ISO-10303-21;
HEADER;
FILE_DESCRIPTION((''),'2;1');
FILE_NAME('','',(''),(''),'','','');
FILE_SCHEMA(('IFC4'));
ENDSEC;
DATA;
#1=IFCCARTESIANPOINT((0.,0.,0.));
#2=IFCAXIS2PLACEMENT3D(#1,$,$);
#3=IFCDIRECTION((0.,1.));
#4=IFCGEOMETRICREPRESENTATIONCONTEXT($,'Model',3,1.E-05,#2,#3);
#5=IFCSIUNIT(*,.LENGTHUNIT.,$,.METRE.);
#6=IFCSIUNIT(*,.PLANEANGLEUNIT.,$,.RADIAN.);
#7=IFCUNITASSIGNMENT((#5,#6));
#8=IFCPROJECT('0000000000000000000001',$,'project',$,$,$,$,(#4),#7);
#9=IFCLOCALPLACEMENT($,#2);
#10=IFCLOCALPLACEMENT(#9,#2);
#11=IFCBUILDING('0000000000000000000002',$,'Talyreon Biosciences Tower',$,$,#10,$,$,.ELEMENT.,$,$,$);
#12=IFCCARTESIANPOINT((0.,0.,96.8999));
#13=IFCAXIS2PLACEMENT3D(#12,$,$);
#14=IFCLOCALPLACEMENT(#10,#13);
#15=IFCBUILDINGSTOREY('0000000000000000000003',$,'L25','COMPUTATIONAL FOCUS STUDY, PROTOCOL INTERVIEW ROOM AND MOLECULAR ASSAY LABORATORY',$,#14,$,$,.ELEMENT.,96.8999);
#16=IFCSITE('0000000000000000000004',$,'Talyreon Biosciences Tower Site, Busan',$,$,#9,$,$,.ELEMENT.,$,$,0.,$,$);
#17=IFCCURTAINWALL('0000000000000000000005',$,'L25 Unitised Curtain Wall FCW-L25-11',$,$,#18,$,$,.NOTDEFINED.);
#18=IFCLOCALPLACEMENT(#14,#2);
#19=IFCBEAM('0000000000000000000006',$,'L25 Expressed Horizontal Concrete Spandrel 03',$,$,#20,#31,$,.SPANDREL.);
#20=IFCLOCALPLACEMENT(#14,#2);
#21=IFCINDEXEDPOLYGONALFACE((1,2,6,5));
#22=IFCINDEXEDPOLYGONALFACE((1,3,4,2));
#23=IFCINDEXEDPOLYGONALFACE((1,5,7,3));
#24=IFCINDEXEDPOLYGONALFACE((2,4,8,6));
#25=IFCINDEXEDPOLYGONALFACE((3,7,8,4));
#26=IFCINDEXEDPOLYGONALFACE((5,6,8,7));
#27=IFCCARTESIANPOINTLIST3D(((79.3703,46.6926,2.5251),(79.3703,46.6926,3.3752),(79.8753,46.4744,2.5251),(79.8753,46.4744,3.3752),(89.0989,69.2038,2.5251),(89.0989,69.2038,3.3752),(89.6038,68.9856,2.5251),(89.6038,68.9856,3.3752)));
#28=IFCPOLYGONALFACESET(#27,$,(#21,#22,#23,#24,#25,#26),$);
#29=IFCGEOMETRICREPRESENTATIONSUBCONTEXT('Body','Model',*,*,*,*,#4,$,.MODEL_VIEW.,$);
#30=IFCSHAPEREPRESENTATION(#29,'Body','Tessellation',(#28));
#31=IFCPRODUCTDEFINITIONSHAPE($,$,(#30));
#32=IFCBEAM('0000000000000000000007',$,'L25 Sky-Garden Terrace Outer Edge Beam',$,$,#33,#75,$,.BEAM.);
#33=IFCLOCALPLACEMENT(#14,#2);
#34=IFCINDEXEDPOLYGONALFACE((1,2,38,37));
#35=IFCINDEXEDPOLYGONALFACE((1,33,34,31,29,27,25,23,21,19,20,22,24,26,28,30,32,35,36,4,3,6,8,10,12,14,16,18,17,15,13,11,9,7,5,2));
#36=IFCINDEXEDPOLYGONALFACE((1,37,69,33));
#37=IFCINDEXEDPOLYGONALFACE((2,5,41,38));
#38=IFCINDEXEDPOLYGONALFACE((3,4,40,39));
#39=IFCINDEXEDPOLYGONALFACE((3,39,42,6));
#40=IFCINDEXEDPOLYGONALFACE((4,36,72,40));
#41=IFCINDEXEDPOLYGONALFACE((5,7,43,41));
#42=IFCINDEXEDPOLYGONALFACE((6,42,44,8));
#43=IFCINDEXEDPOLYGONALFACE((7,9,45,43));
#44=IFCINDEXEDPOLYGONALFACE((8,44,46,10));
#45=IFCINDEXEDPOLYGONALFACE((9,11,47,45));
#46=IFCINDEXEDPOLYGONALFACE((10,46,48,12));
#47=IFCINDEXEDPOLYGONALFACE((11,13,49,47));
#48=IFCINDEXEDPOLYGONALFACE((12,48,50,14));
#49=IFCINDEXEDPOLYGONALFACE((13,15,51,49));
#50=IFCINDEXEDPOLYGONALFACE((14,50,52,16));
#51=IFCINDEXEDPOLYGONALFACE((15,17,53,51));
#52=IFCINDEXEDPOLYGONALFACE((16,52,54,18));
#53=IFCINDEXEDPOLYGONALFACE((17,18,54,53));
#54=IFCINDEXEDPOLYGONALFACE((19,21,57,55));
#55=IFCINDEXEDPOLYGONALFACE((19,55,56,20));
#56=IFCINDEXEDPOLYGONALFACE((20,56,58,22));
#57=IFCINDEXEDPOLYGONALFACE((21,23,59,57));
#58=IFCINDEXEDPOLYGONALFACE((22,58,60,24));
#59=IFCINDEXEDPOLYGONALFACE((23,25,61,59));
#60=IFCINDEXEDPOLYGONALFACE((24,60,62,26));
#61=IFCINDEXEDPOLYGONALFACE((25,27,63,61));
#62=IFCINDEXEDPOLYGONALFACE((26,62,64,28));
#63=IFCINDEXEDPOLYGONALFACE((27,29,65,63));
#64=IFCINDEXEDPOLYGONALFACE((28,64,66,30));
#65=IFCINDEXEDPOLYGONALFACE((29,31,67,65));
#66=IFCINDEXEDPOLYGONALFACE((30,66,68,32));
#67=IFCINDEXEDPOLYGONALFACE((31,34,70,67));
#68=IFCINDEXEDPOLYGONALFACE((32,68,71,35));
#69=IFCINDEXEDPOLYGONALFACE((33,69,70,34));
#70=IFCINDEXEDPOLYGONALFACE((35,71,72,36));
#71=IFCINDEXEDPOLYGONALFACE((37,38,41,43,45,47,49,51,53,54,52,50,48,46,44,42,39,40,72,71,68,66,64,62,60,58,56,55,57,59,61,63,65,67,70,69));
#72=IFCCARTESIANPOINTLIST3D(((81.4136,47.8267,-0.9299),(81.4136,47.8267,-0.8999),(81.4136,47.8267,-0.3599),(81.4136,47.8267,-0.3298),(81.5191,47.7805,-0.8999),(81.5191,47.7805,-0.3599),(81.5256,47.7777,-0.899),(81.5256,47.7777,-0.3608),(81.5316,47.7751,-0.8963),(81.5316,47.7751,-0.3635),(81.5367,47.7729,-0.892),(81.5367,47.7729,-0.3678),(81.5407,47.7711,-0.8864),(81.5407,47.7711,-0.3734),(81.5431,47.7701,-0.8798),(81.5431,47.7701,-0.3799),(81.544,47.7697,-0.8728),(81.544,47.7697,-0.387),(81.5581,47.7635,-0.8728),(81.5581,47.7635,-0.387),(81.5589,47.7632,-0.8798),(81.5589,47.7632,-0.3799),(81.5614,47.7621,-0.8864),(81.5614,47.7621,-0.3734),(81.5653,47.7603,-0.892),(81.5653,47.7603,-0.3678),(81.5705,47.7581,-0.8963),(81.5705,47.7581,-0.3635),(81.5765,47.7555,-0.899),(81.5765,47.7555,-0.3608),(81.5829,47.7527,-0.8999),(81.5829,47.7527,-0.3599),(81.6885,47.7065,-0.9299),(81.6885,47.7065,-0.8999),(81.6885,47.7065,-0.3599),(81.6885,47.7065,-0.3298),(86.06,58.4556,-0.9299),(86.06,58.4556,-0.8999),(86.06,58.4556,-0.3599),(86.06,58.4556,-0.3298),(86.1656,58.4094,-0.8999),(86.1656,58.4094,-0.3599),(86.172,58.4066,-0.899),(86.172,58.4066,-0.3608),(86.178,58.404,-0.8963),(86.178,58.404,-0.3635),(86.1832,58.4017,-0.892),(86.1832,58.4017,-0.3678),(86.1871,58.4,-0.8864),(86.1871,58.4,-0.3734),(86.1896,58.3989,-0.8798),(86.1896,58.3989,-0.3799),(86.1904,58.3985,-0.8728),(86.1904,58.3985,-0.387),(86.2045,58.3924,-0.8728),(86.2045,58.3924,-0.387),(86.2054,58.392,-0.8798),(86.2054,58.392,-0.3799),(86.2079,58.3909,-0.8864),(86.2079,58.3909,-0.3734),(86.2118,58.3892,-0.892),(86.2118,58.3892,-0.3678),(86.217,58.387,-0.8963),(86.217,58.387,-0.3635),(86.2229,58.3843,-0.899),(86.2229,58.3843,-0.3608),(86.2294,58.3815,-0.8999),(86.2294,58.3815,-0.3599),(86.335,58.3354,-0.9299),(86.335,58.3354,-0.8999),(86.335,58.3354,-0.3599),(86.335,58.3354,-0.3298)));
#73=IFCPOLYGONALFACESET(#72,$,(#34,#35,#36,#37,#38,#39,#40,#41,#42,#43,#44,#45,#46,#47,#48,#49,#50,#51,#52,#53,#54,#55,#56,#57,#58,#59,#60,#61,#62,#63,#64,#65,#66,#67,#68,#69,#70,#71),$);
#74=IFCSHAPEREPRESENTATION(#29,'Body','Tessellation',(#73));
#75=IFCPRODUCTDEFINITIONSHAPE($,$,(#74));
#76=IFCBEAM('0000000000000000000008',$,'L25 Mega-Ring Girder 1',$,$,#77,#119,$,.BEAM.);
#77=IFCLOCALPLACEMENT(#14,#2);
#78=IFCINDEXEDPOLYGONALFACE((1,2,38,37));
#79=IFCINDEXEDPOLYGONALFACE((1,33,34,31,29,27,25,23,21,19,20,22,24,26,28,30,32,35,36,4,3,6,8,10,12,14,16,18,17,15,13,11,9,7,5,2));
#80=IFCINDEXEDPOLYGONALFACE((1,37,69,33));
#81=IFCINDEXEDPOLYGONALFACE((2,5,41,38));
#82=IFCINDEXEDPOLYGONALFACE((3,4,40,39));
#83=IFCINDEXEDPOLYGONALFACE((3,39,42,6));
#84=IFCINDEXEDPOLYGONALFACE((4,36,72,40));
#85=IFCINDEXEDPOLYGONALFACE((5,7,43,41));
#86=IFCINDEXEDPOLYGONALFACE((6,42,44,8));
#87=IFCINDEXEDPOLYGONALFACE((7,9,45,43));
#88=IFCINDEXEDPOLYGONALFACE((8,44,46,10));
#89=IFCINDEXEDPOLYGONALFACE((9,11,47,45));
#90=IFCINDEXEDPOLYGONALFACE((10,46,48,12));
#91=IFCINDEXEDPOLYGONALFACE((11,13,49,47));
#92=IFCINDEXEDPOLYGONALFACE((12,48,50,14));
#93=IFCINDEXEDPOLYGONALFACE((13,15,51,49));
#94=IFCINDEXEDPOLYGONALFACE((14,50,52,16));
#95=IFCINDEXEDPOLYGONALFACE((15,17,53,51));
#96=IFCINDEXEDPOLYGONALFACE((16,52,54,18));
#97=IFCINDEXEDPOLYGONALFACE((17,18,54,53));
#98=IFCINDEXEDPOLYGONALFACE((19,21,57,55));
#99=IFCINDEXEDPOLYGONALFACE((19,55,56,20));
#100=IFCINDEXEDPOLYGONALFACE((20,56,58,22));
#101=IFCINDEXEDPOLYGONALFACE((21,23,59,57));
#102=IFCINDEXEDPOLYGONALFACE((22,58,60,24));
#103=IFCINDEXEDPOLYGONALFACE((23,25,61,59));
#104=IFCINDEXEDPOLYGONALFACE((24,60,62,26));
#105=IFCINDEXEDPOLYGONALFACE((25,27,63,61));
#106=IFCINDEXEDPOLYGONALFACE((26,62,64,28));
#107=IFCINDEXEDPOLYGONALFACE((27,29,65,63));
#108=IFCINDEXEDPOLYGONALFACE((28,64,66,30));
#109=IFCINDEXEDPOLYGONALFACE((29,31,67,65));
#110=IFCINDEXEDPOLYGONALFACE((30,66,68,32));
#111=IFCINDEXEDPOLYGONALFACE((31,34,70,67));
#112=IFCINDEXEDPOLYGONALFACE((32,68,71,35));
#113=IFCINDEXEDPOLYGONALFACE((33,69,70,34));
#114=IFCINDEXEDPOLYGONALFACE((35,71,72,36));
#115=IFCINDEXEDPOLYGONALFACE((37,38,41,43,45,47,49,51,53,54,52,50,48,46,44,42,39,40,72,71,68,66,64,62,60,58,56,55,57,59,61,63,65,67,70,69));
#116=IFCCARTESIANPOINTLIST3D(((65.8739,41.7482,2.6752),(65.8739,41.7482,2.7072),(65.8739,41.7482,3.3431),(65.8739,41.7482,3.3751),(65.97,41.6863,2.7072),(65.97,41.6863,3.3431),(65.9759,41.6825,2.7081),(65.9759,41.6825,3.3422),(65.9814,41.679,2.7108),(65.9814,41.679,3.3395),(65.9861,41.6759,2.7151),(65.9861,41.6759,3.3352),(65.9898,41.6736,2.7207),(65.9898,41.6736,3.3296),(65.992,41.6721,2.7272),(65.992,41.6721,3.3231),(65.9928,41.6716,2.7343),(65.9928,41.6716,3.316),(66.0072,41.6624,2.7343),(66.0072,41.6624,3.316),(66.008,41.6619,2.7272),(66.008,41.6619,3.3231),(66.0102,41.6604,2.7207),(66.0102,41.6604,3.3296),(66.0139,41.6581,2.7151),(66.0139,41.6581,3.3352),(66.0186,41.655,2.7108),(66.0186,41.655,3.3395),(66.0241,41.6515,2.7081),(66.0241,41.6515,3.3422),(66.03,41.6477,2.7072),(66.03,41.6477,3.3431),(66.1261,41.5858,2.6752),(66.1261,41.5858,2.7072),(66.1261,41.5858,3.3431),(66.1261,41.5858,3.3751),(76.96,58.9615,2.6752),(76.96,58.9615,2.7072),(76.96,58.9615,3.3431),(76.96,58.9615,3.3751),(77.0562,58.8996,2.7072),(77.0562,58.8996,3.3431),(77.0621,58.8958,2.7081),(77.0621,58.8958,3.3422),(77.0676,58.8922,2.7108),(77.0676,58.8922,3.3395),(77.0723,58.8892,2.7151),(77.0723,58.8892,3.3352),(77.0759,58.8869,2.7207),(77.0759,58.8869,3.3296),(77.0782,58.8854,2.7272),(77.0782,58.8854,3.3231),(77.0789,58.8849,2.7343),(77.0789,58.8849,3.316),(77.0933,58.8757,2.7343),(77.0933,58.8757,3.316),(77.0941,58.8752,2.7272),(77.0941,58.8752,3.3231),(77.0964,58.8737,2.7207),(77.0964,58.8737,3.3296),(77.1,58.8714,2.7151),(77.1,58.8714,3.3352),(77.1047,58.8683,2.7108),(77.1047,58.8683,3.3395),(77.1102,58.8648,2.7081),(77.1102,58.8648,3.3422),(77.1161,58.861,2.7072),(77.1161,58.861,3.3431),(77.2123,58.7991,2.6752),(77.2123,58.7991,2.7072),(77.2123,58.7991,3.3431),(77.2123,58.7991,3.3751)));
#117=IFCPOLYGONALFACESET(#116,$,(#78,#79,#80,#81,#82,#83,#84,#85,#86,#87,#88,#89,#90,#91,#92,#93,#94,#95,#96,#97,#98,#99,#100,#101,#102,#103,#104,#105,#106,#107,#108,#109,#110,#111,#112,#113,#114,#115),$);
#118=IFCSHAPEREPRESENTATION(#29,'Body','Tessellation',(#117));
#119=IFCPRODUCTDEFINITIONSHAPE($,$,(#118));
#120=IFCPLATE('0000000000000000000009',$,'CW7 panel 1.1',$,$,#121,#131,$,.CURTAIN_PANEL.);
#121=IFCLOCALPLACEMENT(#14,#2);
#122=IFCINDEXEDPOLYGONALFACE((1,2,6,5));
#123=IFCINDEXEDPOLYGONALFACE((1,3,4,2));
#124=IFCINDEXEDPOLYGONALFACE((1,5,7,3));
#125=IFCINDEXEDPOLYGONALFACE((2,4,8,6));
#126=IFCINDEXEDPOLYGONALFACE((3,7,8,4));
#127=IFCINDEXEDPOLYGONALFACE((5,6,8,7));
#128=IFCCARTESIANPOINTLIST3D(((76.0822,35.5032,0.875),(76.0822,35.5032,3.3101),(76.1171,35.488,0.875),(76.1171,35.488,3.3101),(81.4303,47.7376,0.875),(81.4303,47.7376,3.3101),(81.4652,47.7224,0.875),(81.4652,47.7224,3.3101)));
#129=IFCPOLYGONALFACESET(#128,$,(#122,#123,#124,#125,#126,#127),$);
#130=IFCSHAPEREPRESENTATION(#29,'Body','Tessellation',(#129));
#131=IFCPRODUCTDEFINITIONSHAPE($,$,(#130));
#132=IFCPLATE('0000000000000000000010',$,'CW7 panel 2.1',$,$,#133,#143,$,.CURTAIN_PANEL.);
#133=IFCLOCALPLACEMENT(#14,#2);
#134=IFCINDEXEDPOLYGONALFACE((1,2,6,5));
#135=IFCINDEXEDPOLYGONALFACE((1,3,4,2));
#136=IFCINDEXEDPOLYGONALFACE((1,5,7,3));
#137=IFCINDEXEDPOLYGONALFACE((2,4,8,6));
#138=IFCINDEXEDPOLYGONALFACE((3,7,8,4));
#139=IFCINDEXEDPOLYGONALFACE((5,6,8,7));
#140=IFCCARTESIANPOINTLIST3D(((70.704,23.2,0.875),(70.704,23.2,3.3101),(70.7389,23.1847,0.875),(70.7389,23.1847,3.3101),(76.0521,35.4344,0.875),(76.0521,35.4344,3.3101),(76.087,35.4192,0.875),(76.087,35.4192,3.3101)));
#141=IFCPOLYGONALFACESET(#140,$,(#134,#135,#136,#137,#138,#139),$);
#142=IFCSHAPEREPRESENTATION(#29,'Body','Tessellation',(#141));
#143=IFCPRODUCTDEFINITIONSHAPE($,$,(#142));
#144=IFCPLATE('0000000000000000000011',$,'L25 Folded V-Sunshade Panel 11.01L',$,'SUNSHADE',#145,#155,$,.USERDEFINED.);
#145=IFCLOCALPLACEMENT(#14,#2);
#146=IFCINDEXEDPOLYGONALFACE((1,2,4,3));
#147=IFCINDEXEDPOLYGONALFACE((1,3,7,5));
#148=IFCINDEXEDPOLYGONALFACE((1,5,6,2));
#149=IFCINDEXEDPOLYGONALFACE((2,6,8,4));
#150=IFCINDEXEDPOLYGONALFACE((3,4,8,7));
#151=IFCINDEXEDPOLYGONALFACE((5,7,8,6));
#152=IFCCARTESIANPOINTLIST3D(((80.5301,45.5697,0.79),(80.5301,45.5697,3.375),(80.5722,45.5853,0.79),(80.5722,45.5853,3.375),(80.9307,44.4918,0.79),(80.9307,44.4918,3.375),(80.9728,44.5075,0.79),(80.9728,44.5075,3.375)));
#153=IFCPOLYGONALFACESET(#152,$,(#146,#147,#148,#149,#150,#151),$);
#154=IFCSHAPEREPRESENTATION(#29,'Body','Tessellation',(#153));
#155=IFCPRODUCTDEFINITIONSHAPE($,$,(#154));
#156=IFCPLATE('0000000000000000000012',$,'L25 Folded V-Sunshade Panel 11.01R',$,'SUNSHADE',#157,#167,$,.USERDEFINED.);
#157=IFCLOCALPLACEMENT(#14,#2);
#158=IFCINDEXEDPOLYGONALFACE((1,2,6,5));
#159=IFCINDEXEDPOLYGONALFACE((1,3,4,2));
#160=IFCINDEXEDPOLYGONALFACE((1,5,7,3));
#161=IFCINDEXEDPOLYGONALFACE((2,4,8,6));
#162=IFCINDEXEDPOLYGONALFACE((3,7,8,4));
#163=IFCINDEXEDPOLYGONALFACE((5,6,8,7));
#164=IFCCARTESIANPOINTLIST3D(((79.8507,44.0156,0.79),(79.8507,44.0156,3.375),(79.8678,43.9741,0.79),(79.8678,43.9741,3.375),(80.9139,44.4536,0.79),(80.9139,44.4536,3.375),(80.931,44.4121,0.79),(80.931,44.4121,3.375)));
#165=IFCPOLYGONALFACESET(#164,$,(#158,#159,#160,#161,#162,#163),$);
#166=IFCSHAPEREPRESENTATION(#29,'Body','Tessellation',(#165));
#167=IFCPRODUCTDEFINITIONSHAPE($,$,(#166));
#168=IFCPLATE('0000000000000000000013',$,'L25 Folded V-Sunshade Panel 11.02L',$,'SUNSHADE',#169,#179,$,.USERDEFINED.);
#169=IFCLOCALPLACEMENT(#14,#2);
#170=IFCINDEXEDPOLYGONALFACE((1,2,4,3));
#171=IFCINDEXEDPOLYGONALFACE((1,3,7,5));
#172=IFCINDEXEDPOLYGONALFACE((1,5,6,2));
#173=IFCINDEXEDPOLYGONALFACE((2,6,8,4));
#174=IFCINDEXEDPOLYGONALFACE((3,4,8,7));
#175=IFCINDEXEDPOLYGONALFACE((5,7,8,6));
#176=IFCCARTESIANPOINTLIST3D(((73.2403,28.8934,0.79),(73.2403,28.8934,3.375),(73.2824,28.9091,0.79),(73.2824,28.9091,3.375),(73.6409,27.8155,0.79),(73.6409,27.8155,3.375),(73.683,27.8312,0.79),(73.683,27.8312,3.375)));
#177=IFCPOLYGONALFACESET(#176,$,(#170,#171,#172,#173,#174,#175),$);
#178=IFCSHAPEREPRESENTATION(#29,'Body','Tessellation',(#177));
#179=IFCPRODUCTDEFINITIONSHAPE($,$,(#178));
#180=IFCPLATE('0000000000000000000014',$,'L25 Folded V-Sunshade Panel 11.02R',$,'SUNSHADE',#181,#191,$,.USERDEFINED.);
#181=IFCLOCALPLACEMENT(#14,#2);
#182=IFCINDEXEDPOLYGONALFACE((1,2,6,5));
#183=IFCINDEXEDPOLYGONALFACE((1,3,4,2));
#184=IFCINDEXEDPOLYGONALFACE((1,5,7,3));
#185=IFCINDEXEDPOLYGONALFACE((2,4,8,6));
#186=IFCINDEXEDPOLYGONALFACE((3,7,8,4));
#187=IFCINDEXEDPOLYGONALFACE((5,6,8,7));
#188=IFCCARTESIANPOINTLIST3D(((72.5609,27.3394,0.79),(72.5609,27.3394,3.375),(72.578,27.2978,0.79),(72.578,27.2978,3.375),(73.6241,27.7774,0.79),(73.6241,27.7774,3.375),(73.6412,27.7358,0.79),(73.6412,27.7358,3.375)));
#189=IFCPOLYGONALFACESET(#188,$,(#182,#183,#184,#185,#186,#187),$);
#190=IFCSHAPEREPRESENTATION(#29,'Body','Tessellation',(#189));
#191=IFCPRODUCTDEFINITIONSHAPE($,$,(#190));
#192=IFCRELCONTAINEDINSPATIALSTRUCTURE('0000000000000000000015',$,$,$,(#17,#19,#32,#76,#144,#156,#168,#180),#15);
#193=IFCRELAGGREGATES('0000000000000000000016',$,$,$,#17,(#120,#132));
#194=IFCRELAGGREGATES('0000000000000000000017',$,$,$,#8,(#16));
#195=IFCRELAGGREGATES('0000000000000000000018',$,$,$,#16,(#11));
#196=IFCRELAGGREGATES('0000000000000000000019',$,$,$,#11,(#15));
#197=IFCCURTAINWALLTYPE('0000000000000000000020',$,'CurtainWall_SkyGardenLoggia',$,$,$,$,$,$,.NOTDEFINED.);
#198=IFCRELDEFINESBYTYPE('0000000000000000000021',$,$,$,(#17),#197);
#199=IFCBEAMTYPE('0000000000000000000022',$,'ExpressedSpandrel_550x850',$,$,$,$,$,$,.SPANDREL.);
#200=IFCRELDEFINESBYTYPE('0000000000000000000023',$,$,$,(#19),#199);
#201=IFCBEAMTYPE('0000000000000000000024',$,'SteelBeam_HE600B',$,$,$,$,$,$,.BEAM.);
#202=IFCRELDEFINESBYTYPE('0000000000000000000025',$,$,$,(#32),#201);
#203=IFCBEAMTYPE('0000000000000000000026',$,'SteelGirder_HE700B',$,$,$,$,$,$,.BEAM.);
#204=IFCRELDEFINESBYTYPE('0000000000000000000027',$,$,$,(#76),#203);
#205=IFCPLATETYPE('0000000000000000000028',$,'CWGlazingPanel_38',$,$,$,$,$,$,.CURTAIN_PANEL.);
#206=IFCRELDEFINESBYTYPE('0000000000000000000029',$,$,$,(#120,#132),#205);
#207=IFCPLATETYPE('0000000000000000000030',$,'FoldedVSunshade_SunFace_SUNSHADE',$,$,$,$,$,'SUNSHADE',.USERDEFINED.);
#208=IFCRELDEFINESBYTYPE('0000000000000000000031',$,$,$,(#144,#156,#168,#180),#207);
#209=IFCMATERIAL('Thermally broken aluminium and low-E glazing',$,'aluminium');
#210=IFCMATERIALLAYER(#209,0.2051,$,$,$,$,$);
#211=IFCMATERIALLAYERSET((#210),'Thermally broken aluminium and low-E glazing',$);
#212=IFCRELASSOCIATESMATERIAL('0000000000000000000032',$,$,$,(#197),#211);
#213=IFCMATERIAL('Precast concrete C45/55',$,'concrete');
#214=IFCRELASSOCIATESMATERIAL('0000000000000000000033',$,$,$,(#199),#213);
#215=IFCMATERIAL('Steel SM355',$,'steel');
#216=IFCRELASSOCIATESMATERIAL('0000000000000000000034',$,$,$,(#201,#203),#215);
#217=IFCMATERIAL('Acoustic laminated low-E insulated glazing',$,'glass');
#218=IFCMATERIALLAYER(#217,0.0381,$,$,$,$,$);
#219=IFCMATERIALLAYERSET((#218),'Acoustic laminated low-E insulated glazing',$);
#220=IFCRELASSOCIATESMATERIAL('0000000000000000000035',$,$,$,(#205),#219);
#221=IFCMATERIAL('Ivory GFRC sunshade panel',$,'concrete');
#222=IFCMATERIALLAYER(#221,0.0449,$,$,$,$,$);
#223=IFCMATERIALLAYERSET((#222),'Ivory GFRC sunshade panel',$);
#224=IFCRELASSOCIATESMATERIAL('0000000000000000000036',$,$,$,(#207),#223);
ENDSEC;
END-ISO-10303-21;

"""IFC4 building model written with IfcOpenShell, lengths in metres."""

from ifc_helpers import new_model, si_unit, direction, frame, origin, origin_2d, place, context, subcontext, project, spatial, rectangle, i_section, extrude, material, layer, layer_set, material_profile, profile_set, type_object, element, aggregate, save


model = new_model("IFC4")

# Units and contexts
model_context = context("Model", 3, precision=1e-05, world=origin(), true_north=direction((0.0, 1.0)))
body_context = subcontext(model_context, "Body", "Model", "MODEL_VIEW")
ifc_project = project(units=[si_unit("LENGTHUNIT", "METRE"), si_unit("PLANEANGLEUNIT", "RADIAN")], contexts=[model_context])

# Site, building, storey
site_placement = place(None, origin())
site = spatial("IfcSite", under=ifc_project, at=site_placement, Name="Talyreon Biosciences Tower Site, Busan", CompositionType="ELEMENT", RefElevation=0.0)
building_placement = place(site_placement, origin())
building = spatial("IfcBuilding", under=site, at=building_placement, Name="Talyreon Biosciences Tower", CompositionType="ELEMENT")
storey_placement = place(building_placement, frame((0.0, 0.0, 96.8999)))
storey = spatial("IfcBuildingStorey", under=building, at=storey_placement, Name="L25", Description="COMPUTATIONAL FOCUS STUDY, PROTOCOL INTERVIEW ROOM AND MOLECULAR ASSAY LABORATORY", CompositionType="ELEMENT", Elevation=96.8999)

# Shared definitions
ifc_material_1 = material(Name="Precast concrete C45/55", Category="concrete")

# Curtain wall
ifc_material_2 = material(Name="Thermally broken aluminium and low-E glazing", Category="aluminium")
ifc_layer_1 = layer(ifc_material_2, 0.2051)
ifc_layer_set_1 = layer_set([ifc_layer_1], Name="Thermally broken aluminium and low-E glazing")
curtain_wall_type = type_object("IfcCurtainWallType", Name="CurtainWall_SkyGardenLoggia", PredefinedType="NOTDEFINED", material=ifc_layer_set_1)
curtain_wall_placement = place(storey_placement, origin())
curtain_wall = element("IfcCurtainWall", 1, at=curtain_wall_placement, inside=storey, type_object=curtain_wall_type, Name="L25 Unitised Curtain Wall FCW-L25-11", PredefinedType="NOTDEFINED")

# Beams
ifc_material_profile_1 = material_profile(ifc_material_1, rectangle(XDim=0.55, YDim=0.8501, at=origin_2d()), Name="RCB 550x850")
ifc_profile_set_1 = profile_set([ifc_material_profile_1], Name="Precast concrete C45/55")
beam_type_1 = type_object("IfcBeamType", Name="ExpressedSpandrel_550x850", PredefinedType="SPANDREL", material=ifc_profile_set_1)
beam_1_placement = place(storey_placement, frame((79.6228, 46.5835, 2.9502), z_axis=(0.396703, 0.917947, 0.0), x_axis=(-0.917947, 0.396703, 0.0)))
element("IfcBeam", 2, at=beam_1_placement, inside=storey, type_object=beam_type_1, Name="L25 Expressed Horizontal Concrete Spandrel 03", PredefinedType="SPANDREL", context=body_context, shape_type="SweptSolid", body=[
    extrude(rectangle(XDim=0.55, YDim=0.8501, at=origin_2d()), origin(), (0.0, 0.0, 1.0), 24.5234),
])
ifc_material_3 = material(Name="Steel SM355", Category="steel")
ifc_material_profile_2 = material_profile(ifc_material_3, i_section(OverallWidth=0.3, OverallDepth=0.6001, WebThickness=0.0154, FlangeThickness=0.03, FilletRadius=0.0271, at=origin_2d()), Name="HE600B")
ifc_profile_set_2 = profile_set([ifc_material_profile_2], Name="Steel SM355")
beam_type_2 = type_object("IfcBeamType", Name="SteelBeam_HE600B", PredefinedType="BEAM", material=ifc_profile_set_2)
beam_2_placement = place(storey_placement, frame((81.551, 47.7666, -0.6299), z_axis=(0.400554, 0.916273, 0.0), x_axis=(-0.916273, 0.400554, 0.0)))
element("IfcBeam", 3, at=beam_2_placement, inside=storey, type_object=beam_type_2, Name="L25 Sky-Garden Terrace Outer Edge Beam", PredefinedType="BEAM", context=body_context, shape_type="SweptSolid", body=[
    extrude(i_section(OverallWidth=0.3, OverallDepth=0.6001, WebThickness=0.0154, FlangeThickness=0.03, FilletRadius=0.0271, at=origin_2d()), origin(), (0.0, 0.0, 1.0), 11.6001),
])
ifc_material_profile_3 = material_profile(ifc_material_3, i_section(OverallWidth=0.3, OverallDepth=0.7, WebThickness=0.0171, FlangeThickness=0.032, FilletRadius=0.0271, at=origin_2d()), Name="HE700B")
ifc_profile_set_3 = profile_set([ifc_material_profile_3], Name="Steel SM355")
beam_type_3 = type_object("IfcBeamType", Name="SteelGirder_HE700B", PredefinedType="BEAM", material=ifc_profile_set_3)
beam_3_placement = place(storey_placement, frame((66.0, 41.667, 3.0251), z_axis=(0.541464, 0.840724, 0.0), x_axis=(-0.840724, 0.541464, 0.0)))
element("IfcBeam", 4, at=beam_3_placement, inside=storey, type_object=beam_type_3, Name="L25 Mega-Ring Girder 1", PredefinedType="BEAM", context=body_context, shape_type="SweptSolid", body=[
    extrude(i_section(OverallWidth=0.3, OverallDepth=0.7, WebThickness=0.0171, FlangeThickness=0.032, FilletRadius=0.0271, at=origin_2d()), origin(), (0.0, 0.0, 1.0), 20.4744),
])

# Plates
ifc_material_4 = material(Name="Acoustic laminated low-E insulated glazing", Category="glass")
ifc_layer_2 = layer(ifc_material_4, 0.0381)
ifc_layer_set_2 = layer_set([ifc_layer_2], Name="Acoustic laminated low-E insulated glazing")
plate_type_1 = type_object("IfcPlateType", Name="CWGlazingPanel_38", PredefinedType="CURTAIN_PANEL", material=ifc_layer_set_2)
plate_1_placement = place(storey_placement, frame((78.7737, 41.6128, 0.875), z_axis=(0.0, 0.0, 1.0), x_axis=(-0.400541, -0.916279, 0.0)))
plate_1 = element("IfcPlate", 5, at=plate_1_placement, type_object=plate_type_1, Name="CW7 panel 1.1", PredefinedType="CURTAIN_PANEL", context=body_context, shape_type="SweptSolid", body=[
    extrude(rectangle(XDim=13.3523, YDim=0.0381, at=origin_2d()), origin(), (0.0, 0.0, 1.0), 2.4351),
])
plate_2_placement = place(storey_placement, frame((73.3955, 29.3096, 0.875), z_axis=(0.0, 0.0, 1.0), x_axis=(-0.400541, -0.916279, 0.0)))
plate_2 = element("IfcPlate", 6, at=plate_2_placement, type_object=plate_type_1, Name="CW7 panel 2.1", PredefinedType="CURTAIN_PANEL", context=body_context, shape_type="SweptSolid", body=[
    extrude(rectangle(XDim=13.3523, YDim=0.0381, at=origin_2d()), origin(), (0.0, 0.0, 1.0), 2.4351),
])
aggregate(curtain_wall, [plate_1, plate_2])

# Plates
ifc_material_5 = material(Name="Ivory GFRC sunshade panel", Category="concrete")
ifc_layer_3 = layer(ifc_material_5, 0.0449)
ifc_layer_set_3 = layer_set([ifc_layer_3], Name="Ivory GFRC sunshade panel")
plate_type_2 = type_object("IfcPlateType", Name="FoldedVSunshade_SunFace_SUNSHADE", ElementType="SUNSHADE", PredefinedType="USERDEFINED", material=ifc_layer_set_3)
for number, where, z_axis, x_axis, name in (
    (7, (80.7515, 45.0386, 0.79), (0.0, 0.0, 1.0), (0.348376, -0.937355, 0.0), "L25 Folded V-Sunshade Panel 11.01L"),
    (8, (80.3909, 44.2139, 0.79), (0.0, 0.0, 1.0), (-0.924626, -0.380877, 0.0), "L25 Folded V-Sunshade Panel 11.01R"),
    (9, (73.4617, 28.3623, 0.79), (0.0, 0.0, 1.0), (0.348376, -0.937355, 0.0), "L25 Folded V-Sunshade Panel 11.02L"),
    (10, (73.1011, 27.5376, 0.79), (0.0, 0.0, 1.0), (-0.924626, -0.380877, 0.0), "L25 Folded V-Sunshade Panel 11.02R"),
):
    element("IfcPlate", number, at=place(storey_placement, frame(where, z_axis=z_axis, x_axis=x_axis)), inside=storey, type_object=plate_type_2, Name=name, ObjectType="SUNSHADE", PredefinedType="USERDEFINED", context=body_context, shape_type="SweptSolid", body=[
        extrude(rectangle(XDim=1.1499, YDim=0.0449, at=origin_2d()), origin(), (0.0, 0.0, 1.0), 2.585),
    ])

save(model, "model.ifc")
